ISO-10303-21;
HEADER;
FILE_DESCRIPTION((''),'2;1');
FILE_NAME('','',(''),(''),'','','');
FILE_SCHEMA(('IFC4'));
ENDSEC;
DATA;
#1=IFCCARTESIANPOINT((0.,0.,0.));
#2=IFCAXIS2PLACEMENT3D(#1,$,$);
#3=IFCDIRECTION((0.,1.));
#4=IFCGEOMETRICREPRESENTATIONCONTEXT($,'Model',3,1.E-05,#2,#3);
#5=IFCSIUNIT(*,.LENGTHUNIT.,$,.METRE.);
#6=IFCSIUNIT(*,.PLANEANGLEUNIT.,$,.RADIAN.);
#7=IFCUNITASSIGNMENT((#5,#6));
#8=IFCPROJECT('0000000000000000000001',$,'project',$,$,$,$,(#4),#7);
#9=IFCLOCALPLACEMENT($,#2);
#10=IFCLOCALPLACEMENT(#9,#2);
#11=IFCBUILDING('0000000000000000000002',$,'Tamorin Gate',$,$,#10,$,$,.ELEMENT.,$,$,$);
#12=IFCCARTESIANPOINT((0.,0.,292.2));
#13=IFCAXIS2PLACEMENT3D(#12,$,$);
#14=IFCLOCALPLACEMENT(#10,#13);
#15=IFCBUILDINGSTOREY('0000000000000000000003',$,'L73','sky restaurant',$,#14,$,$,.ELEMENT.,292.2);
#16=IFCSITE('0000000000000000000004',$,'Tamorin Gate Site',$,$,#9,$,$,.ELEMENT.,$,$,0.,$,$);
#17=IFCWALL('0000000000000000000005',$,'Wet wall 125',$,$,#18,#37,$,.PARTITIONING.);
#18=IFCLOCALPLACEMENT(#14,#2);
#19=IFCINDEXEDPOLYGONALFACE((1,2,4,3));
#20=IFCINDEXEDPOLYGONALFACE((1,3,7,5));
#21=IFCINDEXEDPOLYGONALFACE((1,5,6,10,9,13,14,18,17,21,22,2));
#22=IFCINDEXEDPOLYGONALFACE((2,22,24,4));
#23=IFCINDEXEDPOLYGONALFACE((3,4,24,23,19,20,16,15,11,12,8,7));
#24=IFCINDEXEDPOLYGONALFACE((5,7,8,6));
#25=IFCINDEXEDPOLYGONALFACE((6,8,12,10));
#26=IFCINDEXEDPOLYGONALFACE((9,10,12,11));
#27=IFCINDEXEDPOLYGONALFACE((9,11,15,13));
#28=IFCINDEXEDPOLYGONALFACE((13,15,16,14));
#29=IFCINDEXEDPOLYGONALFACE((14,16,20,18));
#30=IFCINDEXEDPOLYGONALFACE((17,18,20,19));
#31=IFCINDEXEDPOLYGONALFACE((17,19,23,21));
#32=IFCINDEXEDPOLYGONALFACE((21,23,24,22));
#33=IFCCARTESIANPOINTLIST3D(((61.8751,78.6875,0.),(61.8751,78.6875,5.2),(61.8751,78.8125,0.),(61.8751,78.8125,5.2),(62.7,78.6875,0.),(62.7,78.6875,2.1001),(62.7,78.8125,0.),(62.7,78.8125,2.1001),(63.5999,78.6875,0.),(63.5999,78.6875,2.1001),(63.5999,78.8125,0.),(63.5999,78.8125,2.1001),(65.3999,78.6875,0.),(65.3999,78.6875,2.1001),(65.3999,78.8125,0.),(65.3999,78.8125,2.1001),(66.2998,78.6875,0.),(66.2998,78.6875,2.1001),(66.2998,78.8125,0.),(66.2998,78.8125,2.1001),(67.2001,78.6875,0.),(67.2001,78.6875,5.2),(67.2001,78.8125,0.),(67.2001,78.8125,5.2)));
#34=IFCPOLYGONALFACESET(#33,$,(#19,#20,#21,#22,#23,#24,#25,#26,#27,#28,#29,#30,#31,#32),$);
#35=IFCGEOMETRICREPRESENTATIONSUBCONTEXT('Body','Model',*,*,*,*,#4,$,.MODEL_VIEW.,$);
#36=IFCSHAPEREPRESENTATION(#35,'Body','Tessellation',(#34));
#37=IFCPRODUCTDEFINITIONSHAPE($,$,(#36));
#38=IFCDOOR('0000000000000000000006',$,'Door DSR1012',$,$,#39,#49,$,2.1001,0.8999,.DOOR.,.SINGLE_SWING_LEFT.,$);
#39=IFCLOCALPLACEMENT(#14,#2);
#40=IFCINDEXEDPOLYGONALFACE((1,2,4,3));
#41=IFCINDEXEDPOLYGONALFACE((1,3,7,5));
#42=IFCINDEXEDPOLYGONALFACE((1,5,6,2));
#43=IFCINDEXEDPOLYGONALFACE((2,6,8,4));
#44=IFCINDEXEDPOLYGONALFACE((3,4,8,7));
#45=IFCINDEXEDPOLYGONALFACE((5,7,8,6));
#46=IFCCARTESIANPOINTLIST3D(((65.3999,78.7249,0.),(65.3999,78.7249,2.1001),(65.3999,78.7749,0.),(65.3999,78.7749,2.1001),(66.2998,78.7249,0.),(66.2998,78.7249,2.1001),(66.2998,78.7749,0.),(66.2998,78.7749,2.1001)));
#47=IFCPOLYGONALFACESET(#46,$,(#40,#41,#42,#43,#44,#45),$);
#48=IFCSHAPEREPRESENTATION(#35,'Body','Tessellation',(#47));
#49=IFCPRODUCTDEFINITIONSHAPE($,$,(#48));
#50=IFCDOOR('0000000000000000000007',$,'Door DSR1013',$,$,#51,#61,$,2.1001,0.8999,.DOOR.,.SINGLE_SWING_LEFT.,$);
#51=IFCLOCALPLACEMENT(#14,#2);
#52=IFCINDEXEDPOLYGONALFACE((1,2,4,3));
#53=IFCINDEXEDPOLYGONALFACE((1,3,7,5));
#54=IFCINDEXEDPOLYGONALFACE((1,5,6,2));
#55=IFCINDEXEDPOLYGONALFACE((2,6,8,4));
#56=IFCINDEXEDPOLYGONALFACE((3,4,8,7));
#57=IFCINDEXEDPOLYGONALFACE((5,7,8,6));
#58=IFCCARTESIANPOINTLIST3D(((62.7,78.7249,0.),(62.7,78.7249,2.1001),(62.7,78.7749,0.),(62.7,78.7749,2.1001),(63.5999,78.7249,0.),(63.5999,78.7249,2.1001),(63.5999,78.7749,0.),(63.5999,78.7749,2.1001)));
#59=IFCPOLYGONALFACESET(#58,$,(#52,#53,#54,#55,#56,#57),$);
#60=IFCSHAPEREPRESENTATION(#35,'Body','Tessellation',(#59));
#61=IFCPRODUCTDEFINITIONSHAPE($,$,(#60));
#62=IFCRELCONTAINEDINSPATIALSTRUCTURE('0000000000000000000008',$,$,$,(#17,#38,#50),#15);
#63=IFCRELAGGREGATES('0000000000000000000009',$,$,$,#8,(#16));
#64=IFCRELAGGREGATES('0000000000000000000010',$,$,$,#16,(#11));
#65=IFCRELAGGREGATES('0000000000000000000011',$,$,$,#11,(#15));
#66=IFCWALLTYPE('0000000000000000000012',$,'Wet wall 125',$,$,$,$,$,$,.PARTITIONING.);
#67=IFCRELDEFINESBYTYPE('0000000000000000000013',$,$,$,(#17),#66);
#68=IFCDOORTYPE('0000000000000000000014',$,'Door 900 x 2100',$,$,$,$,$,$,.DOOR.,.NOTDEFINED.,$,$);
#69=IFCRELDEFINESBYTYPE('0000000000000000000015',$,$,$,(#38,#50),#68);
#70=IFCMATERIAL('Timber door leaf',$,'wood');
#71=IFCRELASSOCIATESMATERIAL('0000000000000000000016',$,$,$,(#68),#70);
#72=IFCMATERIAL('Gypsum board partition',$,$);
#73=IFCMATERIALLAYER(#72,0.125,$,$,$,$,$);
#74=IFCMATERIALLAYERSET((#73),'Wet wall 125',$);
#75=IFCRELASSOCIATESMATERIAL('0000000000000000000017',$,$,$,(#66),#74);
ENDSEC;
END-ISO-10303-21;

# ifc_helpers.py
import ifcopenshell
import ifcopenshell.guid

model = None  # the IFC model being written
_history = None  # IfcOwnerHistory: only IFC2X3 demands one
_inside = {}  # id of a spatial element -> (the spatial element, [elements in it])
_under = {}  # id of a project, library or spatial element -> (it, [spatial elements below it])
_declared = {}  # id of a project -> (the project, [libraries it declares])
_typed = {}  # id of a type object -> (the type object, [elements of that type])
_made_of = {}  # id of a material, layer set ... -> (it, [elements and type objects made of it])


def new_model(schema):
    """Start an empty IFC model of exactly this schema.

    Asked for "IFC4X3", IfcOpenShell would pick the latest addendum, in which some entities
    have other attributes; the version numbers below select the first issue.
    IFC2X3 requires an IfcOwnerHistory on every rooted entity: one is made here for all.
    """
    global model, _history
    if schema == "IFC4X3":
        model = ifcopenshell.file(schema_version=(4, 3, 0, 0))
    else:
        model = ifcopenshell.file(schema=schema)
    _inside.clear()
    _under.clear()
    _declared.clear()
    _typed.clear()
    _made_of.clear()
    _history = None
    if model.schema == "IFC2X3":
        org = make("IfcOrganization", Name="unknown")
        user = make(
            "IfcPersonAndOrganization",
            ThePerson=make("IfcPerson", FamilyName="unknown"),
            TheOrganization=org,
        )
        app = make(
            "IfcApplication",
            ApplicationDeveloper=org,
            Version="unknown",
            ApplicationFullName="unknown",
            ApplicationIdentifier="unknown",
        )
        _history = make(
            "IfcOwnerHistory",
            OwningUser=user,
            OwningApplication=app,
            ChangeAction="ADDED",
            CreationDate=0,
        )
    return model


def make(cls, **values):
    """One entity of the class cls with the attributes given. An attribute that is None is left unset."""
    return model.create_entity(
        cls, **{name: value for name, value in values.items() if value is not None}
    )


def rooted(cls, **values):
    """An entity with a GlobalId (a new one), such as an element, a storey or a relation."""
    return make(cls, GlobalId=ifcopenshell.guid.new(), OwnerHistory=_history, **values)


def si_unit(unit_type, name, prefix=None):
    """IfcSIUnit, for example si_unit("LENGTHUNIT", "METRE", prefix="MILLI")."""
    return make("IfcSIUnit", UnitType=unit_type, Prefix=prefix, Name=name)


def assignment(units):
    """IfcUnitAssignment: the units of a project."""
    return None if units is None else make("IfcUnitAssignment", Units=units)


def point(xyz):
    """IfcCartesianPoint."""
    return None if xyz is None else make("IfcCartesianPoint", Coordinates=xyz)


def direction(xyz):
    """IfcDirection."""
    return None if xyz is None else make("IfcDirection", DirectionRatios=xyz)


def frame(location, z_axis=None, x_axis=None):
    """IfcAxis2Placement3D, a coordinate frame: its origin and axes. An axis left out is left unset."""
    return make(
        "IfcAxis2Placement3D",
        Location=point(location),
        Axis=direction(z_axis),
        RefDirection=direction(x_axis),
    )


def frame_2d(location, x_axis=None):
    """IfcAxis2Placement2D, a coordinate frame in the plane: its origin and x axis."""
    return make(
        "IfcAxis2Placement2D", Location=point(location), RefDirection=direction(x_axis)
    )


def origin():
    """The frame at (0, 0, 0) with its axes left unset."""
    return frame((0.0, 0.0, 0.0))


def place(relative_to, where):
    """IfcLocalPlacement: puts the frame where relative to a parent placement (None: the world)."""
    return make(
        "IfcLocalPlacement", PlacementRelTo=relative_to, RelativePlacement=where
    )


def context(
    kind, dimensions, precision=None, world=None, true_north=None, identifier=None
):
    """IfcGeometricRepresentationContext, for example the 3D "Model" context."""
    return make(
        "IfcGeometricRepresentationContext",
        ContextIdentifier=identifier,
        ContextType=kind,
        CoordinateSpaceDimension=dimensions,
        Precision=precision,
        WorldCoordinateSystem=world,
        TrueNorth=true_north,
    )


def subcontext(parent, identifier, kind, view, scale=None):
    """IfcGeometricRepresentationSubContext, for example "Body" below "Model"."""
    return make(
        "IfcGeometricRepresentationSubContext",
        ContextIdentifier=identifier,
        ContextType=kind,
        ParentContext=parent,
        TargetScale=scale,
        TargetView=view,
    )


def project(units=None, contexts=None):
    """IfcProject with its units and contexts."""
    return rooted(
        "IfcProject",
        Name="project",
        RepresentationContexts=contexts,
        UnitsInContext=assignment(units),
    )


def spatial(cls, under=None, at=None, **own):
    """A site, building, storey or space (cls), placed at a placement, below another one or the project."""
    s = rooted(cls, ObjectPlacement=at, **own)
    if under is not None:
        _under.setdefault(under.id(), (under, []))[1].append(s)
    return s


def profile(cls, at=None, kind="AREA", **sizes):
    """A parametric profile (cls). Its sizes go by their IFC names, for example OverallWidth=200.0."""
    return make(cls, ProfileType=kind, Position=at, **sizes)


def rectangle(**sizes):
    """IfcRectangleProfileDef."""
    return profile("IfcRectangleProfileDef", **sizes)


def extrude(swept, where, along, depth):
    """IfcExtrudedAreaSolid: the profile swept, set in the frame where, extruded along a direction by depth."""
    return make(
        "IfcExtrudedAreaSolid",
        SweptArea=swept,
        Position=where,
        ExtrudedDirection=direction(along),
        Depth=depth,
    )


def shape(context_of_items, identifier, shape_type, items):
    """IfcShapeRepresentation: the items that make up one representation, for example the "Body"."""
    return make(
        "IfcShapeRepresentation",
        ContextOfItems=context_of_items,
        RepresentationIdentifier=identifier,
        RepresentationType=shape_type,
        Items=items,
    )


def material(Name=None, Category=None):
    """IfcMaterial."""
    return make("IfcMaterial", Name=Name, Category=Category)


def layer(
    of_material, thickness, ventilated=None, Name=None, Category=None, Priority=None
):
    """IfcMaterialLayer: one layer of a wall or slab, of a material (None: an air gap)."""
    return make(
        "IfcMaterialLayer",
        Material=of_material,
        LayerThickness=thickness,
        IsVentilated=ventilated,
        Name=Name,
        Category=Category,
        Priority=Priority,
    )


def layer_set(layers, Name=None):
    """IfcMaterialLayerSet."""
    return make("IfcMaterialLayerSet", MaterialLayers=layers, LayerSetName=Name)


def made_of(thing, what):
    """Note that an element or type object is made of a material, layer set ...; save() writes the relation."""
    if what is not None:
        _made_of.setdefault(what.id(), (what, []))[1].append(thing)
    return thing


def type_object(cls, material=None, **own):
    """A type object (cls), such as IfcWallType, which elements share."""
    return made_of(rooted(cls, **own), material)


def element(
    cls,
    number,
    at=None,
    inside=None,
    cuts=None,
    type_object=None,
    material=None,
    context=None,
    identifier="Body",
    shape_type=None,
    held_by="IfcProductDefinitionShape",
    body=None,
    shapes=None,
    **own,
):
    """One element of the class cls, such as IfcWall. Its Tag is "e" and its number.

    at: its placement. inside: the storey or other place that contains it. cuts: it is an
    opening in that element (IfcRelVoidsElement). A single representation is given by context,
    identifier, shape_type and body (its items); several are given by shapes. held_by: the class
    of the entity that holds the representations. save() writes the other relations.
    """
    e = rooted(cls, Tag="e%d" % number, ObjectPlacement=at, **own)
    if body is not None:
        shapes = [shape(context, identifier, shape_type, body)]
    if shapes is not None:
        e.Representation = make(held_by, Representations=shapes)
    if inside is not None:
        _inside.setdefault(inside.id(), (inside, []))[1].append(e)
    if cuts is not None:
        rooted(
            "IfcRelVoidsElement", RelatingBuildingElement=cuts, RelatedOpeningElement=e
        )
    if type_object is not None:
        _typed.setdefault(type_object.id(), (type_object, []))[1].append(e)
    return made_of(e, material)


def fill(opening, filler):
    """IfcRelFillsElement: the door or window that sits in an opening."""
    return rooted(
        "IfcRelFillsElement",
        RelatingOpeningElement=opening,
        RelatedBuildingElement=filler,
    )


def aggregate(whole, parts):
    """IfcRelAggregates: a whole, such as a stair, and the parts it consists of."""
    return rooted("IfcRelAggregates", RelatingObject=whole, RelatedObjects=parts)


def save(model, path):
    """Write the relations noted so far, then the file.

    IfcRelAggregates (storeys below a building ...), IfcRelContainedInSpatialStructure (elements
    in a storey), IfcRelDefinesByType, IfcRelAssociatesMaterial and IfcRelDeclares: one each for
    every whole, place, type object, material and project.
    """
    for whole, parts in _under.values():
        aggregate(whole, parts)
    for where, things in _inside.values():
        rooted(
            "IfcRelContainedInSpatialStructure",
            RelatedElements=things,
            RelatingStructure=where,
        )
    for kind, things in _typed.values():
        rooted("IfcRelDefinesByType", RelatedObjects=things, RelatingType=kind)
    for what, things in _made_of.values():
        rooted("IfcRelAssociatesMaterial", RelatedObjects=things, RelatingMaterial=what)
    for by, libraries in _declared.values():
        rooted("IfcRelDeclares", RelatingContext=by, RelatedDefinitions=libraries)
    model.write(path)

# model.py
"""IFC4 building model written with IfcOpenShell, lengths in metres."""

from ifc_helpers import new_model, si_unit, direction, frame, frame_2d, origin, place, context, subcontext, project, spatial, rectangle, extrude, material, layer, layer_set, type_object, element, fill, save


model = new_model("IFC4")

# Units and contexts
model_context = context("Model", 3, precision=1e-05, world=origin(), true_north=direction((0.0, 1.0)))
body_context = subcontext(model_context, "Body", "Model", "MODEL_VIEW")
ifc_project = project(units=[si_unit("LENGTHUNIT", "METRE"), si_unit("PLANEANGLEUNIT", "RADIAN")], contexts=[model_context])

# Site, building, storey
site_placement = place(None, origin())
site = spatial("IfcSite", under=ifc_project, at=site_placement, Name="Tamorin Gate Site", CompositionType="ELEMENT", RefElevation=0.0)
building_placement = place(site_placement, origin())
building = spatial("IfcBuilding", under=site, at=building_placement, Name="Tamorin Gate", CompositionType="ELEMENT")
storey_placement = place(building_placement, frame((0.0, 0.0, 292.2)))
storey = spatial("IfcBuildingStorey", under=building, at=storey_placement, Name="L73", Description="sky restaurant", CompositionType="ELEMENT", Elevation=292.2)

# Shared definitions
ifc_material_1 = material(Name="Gypsum board partition")

# Shared definitions
ifc_material_2 = material(Name="Timber door leaf", Category="wood")
door_type = type_object("IfcDoorType", Name="Door 900 x 2100", OperationType="NOTDEFINED", PredefinedType="DOOR", material=ifc_material_2)

# Wall, openings, doors
ifc_layer_1 = layer(ifc_material_1, 0.125)
ifc_layer_set_1 = layer_set([ifc_layer_1], Name="Wet wall 125")
wall_type_1 = type_object("IfcWallType", Name="Wet wall 125", PredefinedType="PARTITIONING", material=ifc_layer_set_1)
wall_1_placement = place(storey_placement, frame((61.875, 78.75, 0.0), z_axis=(0.0, 0.0, 1.0), x_axis=(1.0, 0.0, 0.0)))
wall_1 = element("IfcWall", 1, at=wall_1_placement, inside=storey, type_object=wall_type_1, Name="Wet wall 125", PredefinedType="PARTITIONING", context=body_context, shape_type="SweptSolid", body=[
    extrude(rectangle(XDim=5.325, YDim=0.125, at=frame_2d((2.6626, 0.0))), origin(), (0.0, 0.0, 1.0), 5.2),
])
opening_1_placement = place(wall_1_placement, frame((3.5249, 0.0, 0.0)))
opening_1 = element("IfcOpeningElement", 2, at=opening_1_placement, cuts=wall_1, PredefinedType="OPENING", context=body_context, shape_type="SweptSolid", body=[
    extrude(rectangle(XDim=0.8999, YDim=2.1001, at=frame_2d((0.45, 1.05))), frame((0.0, 0.0725, 0.0), z_axis=(0.0, -1.0, 0.0), x_axis=(1.0, 0.0, 0.0)), (0.0, 0.0, 1.0), 0.145),
])
opening_2_placement = place(wall_1_placement, frame((0.825, 0.0, 0.0)))
opening_2 = element("IfcOpeningElement", 3, at=opening_2_placement, cuts=wall_1, PredefinedType="OPENING", context=body_context, shape_type="SweptSolid", body=[
    extrude(rectangle(XDim=0.8999, YDim=2.1001, at=frame_2d((0.45, 1.05))), frame((0.0, 0.0725, 0.0), z_axis=(0.0, -1.0, 0.0), x_axis=(1.0, 0.0, 0.0)), (0.0, 0.0, 1.0), 0.145),
])
door_1_placement = place(opening_1_placement, origin())
door_1 = element("IfcDoor", 4, at=door_1_placement, inside=storey, type_object=door_type, Name="Door DSR1012", OperationType="SINGLE_SWING_LEFT", OverallHeight=2.1001, OverallWidth=0.8999, PredefinedType="DOOR", context=body_context, shape_type="SweptSolid", body=[
    extrude(rectangle(XDim=0.8999, YDim=2.1001, at=frame_2d((0.45, 1.05))), frame((0.0, 0.0249, 0.0), z_axis=(0.0, -1.0, 0.0), x_axis=(1.0, 0.0, 0.0)), (0.0, 0.0, 1.0), 0.05),
])
fill(opening_1, door_1)
door_2_placement = place(opening_2_placement, origin())
door_2 = element("IfcDoor", 5, at=door_2_placement, inside=storey, type_object=door_type, Name="Door DSR1013", OperationType="SINGLE_SWING_LEFT", OverallHeight=2.1001, OverallWidth=0.8999, PredefinedType="DOOR", context=body_context, shape_type="SweptSolid", body=[
    extrude(rectangle(XDim=0.8999, YDim=2.1001, at=frame_2d((0.45, 1.05))), frame((0.0, 0.0249, 0.0), z_axis=(0.0, -1.0, 0.0), x_axis=(1.0, 0.0, 0.0)), (0.0, 0.0, 1.0), 0.05),
])
fill(opening_2, door_2)

save(model, "model.ifc")
